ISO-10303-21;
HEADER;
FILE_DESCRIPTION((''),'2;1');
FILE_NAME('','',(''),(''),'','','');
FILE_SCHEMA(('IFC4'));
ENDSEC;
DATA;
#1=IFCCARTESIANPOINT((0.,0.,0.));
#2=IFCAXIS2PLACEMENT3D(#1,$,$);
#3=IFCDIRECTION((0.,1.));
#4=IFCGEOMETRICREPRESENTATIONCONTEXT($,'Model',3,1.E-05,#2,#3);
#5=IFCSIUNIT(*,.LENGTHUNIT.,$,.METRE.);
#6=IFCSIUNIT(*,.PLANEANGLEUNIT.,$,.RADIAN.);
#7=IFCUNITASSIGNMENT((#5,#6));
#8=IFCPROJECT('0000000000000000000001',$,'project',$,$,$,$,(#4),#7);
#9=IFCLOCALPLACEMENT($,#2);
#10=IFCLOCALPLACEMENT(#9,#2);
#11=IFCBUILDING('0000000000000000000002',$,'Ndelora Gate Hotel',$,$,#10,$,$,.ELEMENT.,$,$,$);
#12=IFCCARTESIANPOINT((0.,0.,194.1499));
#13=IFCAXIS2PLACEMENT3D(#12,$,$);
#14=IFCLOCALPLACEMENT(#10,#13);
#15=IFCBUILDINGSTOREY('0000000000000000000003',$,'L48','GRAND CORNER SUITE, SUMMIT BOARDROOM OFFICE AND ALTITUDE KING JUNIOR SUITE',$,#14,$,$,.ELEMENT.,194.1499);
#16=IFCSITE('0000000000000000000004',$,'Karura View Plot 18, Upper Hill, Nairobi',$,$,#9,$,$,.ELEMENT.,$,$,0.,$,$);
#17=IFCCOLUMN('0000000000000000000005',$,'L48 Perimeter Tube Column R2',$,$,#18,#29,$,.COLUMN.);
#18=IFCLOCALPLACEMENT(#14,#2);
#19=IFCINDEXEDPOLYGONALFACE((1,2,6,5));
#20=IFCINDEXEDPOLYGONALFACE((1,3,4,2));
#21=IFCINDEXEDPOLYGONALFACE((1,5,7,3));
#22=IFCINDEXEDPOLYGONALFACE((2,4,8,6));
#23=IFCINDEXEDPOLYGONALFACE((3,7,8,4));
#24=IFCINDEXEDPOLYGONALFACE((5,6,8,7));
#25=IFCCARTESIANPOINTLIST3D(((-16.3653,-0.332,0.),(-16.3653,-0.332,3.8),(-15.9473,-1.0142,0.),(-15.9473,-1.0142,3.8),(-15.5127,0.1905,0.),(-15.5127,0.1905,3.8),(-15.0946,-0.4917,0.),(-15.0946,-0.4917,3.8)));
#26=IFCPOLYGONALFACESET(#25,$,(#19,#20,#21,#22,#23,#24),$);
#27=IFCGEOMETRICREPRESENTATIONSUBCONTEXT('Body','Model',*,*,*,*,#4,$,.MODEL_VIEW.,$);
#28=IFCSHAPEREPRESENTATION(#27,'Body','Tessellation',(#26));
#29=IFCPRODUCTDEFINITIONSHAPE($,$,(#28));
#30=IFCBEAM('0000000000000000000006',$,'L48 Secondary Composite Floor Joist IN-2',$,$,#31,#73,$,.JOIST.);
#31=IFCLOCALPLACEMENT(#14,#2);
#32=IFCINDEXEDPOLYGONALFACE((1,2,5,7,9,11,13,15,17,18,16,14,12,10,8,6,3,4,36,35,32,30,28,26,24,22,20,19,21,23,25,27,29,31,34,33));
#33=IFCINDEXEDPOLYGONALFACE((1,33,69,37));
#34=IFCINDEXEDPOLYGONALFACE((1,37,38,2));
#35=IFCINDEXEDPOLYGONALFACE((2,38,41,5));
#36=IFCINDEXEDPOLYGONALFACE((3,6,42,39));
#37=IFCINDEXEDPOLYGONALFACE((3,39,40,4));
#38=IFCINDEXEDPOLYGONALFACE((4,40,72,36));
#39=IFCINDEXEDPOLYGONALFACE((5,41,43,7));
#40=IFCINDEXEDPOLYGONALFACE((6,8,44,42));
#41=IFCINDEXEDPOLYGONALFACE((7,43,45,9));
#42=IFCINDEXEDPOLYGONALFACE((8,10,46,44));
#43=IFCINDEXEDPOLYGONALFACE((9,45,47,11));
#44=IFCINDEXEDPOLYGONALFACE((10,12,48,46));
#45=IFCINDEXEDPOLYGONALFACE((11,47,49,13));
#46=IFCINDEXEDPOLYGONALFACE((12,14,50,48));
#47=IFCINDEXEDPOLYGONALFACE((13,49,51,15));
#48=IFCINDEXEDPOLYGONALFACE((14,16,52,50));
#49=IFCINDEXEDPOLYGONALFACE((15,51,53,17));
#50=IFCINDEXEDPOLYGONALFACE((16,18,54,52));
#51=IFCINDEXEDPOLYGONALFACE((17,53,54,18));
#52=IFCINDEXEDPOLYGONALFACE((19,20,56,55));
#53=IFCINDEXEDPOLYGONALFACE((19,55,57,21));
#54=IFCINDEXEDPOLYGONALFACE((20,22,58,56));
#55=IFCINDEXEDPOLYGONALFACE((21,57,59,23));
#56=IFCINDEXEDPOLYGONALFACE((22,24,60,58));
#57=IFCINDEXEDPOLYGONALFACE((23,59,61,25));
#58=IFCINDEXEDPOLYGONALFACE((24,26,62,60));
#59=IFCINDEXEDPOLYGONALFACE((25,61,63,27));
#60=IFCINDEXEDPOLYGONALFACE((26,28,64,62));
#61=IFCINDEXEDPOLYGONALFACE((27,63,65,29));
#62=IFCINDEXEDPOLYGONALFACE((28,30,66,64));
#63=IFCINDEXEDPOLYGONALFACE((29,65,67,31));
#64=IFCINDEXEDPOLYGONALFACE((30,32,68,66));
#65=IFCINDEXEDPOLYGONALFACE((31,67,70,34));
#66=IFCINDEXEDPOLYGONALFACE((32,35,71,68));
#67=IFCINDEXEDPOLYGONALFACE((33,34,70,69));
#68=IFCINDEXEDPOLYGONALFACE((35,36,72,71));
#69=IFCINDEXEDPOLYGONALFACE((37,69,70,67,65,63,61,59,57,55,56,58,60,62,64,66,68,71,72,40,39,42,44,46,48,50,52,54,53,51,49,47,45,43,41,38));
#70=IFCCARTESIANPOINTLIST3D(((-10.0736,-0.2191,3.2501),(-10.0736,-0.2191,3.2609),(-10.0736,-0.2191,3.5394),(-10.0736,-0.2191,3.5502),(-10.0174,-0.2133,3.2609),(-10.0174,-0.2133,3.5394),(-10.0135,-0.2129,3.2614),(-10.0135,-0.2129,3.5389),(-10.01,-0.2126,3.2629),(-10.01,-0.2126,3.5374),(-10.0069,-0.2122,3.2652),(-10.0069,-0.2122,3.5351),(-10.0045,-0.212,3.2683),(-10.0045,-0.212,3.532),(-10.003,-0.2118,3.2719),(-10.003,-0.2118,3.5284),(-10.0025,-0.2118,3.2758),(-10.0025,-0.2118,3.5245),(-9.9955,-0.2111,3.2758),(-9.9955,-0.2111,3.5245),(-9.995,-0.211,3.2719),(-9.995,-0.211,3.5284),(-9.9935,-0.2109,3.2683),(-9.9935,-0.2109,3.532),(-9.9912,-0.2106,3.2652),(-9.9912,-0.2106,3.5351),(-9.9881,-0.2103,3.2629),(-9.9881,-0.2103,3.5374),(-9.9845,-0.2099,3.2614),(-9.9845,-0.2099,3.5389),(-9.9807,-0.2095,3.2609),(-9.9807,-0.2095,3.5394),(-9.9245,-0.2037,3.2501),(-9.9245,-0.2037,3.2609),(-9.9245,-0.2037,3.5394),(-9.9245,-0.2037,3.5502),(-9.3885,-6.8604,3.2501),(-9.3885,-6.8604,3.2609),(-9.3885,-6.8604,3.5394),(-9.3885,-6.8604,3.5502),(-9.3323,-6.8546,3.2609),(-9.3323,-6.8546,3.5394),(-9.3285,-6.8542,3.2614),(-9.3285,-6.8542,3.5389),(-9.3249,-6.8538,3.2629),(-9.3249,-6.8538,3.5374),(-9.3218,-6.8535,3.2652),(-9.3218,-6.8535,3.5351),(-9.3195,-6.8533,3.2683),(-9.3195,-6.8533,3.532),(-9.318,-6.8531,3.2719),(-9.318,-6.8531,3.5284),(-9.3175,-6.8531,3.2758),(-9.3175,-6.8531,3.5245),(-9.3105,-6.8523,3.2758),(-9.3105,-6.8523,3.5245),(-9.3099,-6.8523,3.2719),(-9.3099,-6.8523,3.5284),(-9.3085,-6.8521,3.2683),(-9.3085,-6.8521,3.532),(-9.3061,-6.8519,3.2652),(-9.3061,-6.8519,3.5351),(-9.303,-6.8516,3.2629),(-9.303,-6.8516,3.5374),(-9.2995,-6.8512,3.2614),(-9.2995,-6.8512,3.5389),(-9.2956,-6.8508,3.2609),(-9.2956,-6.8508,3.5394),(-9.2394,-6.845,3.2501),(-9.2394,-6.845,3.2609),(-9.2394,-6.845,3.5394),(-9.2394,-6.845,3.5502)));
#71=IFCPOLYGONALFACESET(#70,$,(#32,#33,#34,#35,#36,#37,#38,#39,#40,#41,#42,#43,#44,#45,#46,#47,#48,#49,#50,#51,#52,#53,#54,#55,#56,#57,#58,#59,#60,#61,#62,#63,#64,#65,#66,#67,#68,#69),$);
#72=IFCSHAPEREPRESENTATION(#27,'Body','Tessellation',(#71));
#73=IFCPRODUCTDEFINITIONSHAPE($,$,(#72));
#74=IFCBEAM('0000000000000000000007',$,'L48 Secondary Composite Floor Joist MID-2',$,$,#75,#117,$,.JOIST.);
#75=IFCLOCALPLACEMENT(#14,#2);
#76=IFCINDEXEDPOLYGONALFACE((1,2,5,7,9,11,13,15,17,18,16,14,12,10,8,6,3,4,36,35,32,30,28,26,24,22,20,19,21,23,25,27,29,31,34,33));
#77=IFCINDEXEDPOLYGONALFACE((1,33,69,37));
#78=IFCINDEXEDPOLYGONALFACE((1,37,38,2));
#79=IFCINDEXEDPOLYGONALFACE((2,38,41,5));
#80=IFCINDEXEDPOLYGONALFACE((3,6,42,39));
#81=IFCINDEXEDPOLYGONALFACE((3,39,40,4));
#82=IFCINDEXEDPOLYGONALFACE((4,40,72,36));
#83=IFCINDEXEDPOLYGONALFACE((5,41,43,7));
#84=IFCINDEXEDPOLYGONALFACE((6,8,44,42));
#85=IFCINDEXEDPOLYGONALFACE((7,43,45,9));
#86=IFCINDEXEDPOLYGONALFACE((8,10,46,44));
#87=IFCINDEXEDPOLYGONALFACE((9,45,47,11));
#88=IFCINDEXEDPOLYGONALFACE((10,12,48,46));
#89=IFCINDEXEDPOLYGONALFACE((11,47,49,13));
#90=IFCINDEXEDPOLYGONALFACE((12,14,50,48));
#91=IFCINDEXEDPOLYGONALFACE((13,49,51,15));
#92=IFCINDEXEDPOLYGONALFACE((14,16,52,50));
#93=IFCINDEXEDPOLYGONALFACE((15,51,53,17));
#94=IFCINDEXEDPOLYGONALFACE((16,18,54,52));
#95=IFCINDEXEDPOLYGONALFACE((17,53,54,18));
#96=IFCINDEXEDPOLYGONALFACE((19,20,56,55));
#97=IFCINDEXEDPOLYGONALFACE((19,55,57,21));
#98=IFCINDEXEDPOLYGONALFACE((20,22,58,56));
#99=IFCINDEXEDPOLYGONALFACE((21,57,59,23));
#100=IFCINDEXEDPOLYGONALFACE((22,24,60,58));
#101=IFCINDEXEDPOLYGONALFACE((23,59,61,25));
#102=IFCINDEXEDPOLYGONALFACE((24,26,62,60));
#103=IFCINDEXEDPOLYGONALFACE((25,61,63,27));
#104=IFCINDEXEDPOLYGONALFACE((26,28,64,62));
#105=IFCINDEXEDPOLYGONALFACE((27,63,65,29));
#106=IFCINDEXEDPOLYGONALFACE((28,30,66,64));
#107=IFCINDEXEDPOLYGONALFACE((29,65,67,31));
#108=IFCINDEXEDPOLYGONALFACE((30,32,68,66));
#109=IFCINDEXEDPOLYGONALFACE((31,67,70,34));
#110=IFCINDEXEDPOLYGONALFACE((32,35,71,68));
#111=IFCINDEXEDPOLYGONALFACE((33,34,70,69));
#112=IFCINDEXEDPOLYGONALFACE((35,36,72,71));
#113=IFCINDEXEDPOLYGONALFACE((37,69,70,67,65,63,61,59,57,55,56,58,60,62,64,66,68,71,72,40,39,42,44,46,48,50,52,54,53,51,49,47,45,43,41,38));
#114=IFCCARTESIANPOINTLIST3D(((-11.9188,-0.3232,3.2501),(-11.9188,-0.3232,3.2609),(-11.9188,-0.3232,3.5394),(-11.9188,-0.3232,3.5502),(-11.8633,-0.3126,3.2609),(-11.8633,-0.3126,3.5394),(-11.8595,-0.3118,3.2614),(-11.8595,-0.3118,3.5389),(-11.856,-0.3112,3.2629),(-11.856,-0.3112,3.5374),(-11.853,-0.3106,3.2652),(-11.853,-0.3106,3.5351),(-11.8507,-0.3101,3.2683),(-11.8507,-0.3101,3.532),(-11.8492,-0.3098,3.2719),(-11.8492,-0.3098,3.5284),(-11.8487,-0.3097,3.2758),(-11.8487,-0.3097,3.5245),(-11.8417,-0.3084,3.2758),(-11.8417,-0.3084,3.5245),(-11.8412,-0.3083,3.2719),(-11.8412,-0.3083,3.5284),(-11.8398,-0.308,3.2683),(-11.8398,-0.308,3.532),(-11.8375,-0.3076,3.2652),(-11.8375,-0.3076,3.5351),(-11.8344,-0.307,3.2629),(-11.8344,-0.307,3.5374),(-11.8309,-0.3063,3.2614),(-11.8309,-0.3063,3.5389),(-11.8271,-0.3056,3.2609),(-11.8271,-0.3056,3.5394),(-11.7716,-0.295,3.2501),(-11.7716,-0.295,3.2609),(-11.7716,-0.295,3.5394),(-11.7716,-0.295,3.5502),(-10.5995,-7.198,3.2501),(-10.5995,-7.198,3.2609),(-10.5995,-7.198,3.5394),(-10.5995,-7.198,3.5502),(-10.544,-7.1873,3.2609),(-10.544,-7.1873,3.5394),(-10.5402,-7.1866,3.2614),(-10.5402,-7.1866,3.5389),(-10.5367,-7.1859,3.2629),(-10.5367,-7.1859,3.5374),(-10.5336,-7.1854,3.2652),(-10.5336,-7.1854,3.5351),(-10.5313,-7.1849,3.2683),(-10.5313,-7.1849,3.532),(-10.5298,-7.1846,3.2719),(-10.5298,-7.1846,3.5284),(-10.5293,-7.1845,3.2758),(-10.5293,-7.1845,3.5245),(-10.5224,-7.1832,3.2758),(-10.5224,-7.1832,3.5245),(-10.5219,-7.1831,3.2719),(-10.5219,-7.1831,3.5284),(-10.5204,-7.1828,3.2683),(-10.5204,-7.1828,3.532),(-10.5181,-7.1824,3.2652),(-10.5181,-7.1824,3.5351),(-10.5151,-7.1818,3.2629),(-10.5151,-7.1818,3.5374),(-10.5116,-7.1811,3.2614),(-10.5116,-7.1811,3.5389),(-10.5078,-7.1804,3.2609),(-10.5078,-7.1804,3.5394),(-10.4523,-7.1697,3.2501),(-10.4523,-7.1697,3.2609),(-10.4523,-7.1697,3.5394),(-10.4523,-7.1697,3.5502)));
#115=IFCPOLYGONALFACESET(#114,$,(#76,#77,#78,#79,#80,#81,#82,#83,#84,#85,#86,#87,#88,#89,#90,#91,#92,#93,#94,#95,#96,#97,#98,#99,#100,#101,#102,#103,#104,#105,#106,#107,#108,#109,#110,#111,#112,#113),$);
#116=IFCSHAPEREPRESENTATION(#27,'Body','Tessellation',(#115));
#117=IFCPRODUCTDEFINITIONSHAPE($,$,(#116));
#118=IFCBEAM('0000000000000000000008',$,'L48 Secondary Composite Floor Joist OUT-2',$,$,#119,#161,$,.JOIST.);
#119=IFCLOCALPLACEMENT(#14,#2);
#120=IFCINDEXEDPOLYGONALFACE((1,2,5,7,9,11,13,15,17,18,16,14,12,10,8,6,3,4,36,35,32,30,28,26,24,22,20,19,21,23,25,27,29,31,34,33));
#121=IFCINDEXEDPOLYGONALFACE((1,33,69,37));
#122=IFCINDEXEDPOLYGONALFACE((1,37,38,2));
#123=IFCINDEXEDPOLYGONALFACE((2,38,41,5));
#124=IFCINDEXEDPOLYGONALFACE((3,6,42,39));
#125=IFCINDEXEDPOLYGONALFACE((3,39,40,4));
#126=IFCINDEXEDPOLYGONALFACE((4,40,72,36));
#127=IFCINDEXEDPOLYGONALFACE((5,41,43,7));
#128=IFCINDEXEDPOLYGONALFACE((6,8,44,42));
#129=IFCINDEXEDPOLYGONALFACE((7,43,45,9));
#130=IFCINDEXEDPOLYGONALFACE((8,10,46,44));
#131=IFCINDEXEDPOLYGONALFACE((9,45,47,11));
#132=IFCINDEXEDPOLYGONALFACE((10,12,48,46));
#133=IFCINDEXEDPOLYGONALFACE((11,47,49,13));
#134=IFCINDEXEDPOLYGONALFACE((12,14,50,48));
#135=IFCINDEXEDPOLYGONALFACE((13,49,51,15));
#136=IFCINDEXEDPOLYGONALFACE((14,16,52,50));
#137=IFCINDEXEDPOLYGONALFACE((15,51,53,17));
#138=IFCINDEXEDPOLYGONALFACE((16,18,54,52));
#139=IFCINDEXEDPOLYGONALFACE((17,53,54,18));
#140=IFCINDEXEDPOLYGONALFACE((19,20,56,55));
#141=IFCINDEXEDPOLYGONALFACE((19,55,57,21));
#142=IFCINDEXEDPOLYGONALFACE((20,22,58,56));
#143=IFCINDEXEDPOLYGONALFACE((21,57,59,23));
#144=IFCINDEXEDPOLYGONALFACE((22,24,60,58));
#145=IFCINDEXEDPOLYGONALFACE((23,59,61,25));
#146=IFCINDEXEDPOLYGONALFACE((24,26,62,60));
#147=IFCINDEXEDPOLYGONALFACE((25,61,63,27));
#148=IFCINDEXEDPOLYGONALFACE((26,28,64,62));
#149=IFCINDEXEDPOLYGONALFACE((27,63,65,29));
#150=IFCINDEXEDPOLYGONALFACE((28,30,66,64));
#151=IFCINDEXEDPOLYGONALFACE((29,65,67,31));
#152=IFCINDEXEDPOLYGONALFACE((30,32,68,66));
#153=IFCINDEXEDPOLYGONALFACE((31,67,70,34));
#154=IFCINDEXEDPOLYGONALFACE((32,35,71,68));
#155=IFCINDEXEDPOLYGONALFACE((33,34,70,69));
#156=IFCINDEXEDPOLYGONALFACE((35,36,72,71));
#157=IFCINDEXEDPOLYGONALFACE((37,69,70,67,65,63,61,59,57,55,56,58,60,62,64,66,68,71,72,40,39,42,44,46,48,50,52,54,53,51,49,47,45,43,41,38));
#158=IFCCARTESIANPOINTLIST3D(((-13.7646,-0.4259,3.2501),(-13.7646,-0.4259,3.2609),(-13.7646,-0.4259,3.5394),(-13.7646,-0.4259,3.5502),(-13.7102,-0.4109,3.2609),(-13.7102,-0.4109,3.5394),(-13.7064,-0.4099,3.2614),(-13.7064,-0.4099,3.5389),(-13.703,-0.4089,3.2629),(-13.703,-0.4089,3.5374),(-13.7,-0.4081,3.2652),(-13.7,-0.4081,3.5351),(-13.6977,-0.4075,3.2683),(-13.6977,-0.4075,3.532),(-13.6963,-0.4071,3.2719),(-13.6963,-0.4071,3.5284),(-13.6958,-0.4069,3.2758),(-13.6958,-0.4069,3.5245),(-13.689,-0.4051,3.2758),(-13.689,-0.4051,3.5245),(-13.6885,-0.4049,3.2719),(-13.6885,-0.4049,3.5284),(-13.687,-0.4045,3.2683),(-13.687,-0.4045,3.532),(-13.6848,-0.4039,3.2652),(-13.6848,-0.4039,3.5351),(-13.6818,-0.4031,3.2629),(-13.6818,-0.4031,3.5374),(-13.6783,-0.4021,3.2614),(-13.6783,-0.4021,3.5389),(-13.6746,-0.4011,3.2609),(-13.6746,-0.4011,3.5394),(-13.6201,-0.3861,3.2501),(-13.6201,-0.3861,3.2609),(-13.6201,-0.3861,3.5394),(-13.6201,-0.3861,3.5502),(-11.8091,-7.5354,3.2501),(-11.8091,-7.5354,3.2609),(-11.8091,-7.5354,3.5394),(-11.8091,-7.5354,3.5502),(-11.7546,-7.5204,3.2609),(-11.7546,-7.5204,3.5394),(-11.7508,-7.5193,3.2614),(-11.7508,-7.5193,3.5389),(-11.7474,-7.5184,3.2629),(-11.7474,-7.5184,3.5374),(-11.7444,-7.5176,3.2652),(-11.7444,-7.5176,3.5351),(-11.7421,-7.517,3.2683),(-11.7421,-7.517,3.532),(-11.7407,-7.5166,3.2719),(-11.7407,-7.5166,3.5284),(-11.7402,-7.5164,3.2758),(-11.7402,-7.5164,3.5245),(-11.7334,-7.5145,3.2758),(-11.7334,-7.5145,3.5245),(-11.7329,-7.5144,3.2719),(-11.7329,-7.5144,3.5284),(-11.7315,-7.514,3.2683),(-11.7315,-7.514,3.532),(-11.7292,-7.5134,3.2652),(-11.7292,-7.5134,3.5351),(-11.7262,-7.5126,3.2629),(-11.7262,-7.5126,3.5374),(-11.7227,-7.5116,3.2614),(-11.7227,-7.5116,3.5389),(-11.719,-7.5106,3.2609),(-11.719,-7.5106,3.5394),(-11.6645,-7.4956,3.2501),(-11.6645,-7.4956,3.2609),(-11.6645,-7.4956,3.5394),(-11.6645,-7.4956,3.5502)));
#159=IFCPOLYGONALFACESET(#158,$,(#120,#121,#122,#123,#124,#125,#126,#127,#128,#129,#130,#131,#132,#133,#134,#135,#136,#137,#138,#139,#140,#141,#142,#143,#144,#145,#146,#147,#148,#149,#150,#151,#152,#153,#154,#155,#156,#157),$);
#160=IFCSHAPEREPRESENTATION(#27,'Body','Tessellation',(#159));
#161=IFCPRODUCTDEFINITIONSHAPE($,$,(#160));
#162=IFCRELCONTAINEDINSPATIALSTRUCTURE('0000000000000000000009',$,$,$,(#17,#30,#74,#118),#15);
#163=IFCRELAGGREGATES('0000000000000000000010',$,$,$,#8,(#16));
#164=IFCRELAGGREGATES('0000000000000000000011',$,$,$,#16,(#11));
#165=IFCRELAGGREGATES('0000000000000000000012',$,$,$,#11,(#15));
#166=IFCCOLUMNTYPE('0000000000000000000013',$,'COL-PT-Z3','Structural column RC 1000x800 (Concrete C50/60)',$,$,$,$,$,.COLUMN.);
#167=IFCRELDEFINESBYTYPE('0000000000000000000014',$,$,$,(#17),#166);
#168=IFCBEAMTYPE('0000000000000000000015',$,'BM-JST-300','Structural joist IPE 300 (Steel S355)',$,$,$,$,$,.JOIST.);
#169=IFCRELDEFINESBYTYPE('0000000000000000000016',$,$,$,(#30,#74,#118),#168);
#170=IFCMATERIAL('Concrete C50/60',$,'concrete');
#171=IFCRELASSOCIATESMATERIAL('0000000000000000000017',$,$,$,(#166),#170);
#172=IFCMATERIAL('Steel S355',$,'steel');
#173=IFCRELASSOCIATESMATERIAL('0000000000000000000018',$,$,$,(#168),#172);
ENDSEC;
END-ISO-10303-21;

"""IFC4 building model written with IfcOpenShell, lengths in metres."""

from ifc_helpers import new_model, si_unit, direction, frame, origin, origin_2d, place, context, subcontext, project, spatial, rectangle, i_section, extrude, material, material_profile, profile_set, type_object, element, save


model = new_model("IFC4")

# Units and contexts
model_context = context("Model", 3, precision=1e-05, world=origin(), true_north=direction((0.0, 1.0)))
body_context = subcontext(model_context, "Body", "Model", "MODEL_VIEW")
ifc_project = project(units=[si_unit("LENGTHUNIT", "METRE"), si_unit("PLANEANGLEUNIT", "RADIAN")], contexts=[model_context])

# Site, building, storey
site_placement = place(None, origin())
site = spatial("IfcSite", under=ifc_project, at=site_placement, Name="Karura View Plot 18, Upper Hill, Nairobi", CompositionType="ELEMENT", RefElevation=0.0)
building_placement = place(site_placement, origin())
building = spatial("IfcBuilding", under=site, at=building_placement, Name="Ndelora Gate Hotel", CompositionType="ELEMENT")
storey_placement = place(building_placement, frame((0.0, 0.0, 194.1499)))
storey = spatial("IfcBuildingStorey", under=building, at=storey_placement, Name="L48", Description="GRAND CORNER SUITE, SUMMIT BOARDROOM OFFICE AND ALTITUDE KING JUNIOR SUITE", CompositionType="ELEMENT", Elevation=194.1499)

# Column
ifc_material_1 = material(Name="Concrete C50/60", Category="concrete")
ifc_material_profile_1 = material_profile(ifc_material_1, rectangle(XDim=0.8, YDim=1.0, at=origin_2d()), Name="RC 1000x800")
ifc_profile_set_1 = profile_set([ifc_material_profile_1], Name="Concrete C50/60")
column_type = type_object("IfcColumnType", Name="COL-PT-Z3", Description="Structural column RC 1000x800 (Concrete C50/60)", PredefinedType="COLUMN", material=ifc_profile_set_1)
column_placement = place(storey_placement, frame((-15.73, -0.4119, 0.0), z_axis=(0.0, 0.0, 1.0), x_axis=(-0.522499, 0.85264, 0.0)))
element("IfcColumn", 1, at=column_placement, inside=storey, type_object=column_type, Name="L48 Perimeter Tube Column R2", PredefinedType="COLUMN", context=body_context, shape_type="SweptSolid", body=[
    extrude(rectangle(XDim=0.8, YDim=1.0, at=origin_2d()), origin(), (0.0, 0.0, 1.0), 3.8),
])

# Beams
ifc_material_2 = material(Name="Steel S355", Category="steel")
ifc_material_profile_2 = material_profile(ifc_material_2, i_section(OverallWidth=0.1499, OverallDepth=0.3, WebThickness=0.0071, FlangeThickness=0.0107, FilletRadius=0.0149, at=origin_2d()), Name="IPE 300")
ifc_profile_set_2 = profile_set([ifc_material_profile_2], Name="Steel S355")
beam_type_1 = type_object("IfcBeamType", Name="BM-JST-300", Description="Structural joist IPE 300 (Steel S355)", PredefinedType="JOIST", material=ifc_profile_set_2)
beam_1_placement = place(storey_placement, frame((-9.999, -0.2114, 3.4001), z_axis=(0.102606, -0.994722, 0.0), x_axis=(0.994722, 0.102606, 0.0)))
element("IfcBeam", 2, at=beam_1_placement, inside=storey, type_object=beam_type_1, Name="L48 Secondary Composite Floor Joist IN-2", PredefinedType="JOIST", context=body_context, shape_type="SweptSolid", body=[
    extrude(i_section(OverallWidth=0.1499, OverallDepth=0.3, WebThickness=0.0071, FlangeThickness=0.0107, FilletRadius=0.0149, at=origin_2d()), origin(), (0.0, 0.0, 1.0), 6.6765),
])
beam_2_placement = place(storey_placement, frame((-11.8452, -0.3091, 3.4001), z_axis=(0.188471, -0.982079, 0.0), x_axis=(0.982079, 0.188471, 0.0)))
element("IfcBeam", 3, at=beam_2_placement, inside=storey, type_object=beam_type_1, Name="L48 Secondary Composite Floor Joist MID-2", PredefinedType="JOIST", context=body_context, shape_type="SweptSolid", body=[
    extrude(i_section(OverallWidth=0.1499, OverallDepth=0.3, WebThickness=0.0071, FlangeThickness=0.0107, FilletRadius=0.0149, at=origin_2d()), origin(), (0.0, 0.0, 1.0), 7.0002),
])
beam_3_placement = place(storey_placement, frame((-13.6924, -0.406, 3.4001), z_axis=(0.265218, -0.964188, 0.0), x_axis=(0.964188, 0.265218, 0.0)))
element("IfcBeam", 4, at=beam_3_placement, inside=storey, type_object=beam_type_1, Name="L48 Secondary Composite Floor Joist OUT-2", PredefinedType="JOIST", context=body_context, shape_type="SweptSolid", body=[
    extrude(i_section(OverallWidth=0.1499, OverallDepth=0.3, WebThickness=0.0071, FlangeThickness=0.0107, FilletRadius=0.0149, at=origin_2d()), origin(), (0.0, 0.0, 1.0), 7.3735),
])

save(model, "model.ifc")
